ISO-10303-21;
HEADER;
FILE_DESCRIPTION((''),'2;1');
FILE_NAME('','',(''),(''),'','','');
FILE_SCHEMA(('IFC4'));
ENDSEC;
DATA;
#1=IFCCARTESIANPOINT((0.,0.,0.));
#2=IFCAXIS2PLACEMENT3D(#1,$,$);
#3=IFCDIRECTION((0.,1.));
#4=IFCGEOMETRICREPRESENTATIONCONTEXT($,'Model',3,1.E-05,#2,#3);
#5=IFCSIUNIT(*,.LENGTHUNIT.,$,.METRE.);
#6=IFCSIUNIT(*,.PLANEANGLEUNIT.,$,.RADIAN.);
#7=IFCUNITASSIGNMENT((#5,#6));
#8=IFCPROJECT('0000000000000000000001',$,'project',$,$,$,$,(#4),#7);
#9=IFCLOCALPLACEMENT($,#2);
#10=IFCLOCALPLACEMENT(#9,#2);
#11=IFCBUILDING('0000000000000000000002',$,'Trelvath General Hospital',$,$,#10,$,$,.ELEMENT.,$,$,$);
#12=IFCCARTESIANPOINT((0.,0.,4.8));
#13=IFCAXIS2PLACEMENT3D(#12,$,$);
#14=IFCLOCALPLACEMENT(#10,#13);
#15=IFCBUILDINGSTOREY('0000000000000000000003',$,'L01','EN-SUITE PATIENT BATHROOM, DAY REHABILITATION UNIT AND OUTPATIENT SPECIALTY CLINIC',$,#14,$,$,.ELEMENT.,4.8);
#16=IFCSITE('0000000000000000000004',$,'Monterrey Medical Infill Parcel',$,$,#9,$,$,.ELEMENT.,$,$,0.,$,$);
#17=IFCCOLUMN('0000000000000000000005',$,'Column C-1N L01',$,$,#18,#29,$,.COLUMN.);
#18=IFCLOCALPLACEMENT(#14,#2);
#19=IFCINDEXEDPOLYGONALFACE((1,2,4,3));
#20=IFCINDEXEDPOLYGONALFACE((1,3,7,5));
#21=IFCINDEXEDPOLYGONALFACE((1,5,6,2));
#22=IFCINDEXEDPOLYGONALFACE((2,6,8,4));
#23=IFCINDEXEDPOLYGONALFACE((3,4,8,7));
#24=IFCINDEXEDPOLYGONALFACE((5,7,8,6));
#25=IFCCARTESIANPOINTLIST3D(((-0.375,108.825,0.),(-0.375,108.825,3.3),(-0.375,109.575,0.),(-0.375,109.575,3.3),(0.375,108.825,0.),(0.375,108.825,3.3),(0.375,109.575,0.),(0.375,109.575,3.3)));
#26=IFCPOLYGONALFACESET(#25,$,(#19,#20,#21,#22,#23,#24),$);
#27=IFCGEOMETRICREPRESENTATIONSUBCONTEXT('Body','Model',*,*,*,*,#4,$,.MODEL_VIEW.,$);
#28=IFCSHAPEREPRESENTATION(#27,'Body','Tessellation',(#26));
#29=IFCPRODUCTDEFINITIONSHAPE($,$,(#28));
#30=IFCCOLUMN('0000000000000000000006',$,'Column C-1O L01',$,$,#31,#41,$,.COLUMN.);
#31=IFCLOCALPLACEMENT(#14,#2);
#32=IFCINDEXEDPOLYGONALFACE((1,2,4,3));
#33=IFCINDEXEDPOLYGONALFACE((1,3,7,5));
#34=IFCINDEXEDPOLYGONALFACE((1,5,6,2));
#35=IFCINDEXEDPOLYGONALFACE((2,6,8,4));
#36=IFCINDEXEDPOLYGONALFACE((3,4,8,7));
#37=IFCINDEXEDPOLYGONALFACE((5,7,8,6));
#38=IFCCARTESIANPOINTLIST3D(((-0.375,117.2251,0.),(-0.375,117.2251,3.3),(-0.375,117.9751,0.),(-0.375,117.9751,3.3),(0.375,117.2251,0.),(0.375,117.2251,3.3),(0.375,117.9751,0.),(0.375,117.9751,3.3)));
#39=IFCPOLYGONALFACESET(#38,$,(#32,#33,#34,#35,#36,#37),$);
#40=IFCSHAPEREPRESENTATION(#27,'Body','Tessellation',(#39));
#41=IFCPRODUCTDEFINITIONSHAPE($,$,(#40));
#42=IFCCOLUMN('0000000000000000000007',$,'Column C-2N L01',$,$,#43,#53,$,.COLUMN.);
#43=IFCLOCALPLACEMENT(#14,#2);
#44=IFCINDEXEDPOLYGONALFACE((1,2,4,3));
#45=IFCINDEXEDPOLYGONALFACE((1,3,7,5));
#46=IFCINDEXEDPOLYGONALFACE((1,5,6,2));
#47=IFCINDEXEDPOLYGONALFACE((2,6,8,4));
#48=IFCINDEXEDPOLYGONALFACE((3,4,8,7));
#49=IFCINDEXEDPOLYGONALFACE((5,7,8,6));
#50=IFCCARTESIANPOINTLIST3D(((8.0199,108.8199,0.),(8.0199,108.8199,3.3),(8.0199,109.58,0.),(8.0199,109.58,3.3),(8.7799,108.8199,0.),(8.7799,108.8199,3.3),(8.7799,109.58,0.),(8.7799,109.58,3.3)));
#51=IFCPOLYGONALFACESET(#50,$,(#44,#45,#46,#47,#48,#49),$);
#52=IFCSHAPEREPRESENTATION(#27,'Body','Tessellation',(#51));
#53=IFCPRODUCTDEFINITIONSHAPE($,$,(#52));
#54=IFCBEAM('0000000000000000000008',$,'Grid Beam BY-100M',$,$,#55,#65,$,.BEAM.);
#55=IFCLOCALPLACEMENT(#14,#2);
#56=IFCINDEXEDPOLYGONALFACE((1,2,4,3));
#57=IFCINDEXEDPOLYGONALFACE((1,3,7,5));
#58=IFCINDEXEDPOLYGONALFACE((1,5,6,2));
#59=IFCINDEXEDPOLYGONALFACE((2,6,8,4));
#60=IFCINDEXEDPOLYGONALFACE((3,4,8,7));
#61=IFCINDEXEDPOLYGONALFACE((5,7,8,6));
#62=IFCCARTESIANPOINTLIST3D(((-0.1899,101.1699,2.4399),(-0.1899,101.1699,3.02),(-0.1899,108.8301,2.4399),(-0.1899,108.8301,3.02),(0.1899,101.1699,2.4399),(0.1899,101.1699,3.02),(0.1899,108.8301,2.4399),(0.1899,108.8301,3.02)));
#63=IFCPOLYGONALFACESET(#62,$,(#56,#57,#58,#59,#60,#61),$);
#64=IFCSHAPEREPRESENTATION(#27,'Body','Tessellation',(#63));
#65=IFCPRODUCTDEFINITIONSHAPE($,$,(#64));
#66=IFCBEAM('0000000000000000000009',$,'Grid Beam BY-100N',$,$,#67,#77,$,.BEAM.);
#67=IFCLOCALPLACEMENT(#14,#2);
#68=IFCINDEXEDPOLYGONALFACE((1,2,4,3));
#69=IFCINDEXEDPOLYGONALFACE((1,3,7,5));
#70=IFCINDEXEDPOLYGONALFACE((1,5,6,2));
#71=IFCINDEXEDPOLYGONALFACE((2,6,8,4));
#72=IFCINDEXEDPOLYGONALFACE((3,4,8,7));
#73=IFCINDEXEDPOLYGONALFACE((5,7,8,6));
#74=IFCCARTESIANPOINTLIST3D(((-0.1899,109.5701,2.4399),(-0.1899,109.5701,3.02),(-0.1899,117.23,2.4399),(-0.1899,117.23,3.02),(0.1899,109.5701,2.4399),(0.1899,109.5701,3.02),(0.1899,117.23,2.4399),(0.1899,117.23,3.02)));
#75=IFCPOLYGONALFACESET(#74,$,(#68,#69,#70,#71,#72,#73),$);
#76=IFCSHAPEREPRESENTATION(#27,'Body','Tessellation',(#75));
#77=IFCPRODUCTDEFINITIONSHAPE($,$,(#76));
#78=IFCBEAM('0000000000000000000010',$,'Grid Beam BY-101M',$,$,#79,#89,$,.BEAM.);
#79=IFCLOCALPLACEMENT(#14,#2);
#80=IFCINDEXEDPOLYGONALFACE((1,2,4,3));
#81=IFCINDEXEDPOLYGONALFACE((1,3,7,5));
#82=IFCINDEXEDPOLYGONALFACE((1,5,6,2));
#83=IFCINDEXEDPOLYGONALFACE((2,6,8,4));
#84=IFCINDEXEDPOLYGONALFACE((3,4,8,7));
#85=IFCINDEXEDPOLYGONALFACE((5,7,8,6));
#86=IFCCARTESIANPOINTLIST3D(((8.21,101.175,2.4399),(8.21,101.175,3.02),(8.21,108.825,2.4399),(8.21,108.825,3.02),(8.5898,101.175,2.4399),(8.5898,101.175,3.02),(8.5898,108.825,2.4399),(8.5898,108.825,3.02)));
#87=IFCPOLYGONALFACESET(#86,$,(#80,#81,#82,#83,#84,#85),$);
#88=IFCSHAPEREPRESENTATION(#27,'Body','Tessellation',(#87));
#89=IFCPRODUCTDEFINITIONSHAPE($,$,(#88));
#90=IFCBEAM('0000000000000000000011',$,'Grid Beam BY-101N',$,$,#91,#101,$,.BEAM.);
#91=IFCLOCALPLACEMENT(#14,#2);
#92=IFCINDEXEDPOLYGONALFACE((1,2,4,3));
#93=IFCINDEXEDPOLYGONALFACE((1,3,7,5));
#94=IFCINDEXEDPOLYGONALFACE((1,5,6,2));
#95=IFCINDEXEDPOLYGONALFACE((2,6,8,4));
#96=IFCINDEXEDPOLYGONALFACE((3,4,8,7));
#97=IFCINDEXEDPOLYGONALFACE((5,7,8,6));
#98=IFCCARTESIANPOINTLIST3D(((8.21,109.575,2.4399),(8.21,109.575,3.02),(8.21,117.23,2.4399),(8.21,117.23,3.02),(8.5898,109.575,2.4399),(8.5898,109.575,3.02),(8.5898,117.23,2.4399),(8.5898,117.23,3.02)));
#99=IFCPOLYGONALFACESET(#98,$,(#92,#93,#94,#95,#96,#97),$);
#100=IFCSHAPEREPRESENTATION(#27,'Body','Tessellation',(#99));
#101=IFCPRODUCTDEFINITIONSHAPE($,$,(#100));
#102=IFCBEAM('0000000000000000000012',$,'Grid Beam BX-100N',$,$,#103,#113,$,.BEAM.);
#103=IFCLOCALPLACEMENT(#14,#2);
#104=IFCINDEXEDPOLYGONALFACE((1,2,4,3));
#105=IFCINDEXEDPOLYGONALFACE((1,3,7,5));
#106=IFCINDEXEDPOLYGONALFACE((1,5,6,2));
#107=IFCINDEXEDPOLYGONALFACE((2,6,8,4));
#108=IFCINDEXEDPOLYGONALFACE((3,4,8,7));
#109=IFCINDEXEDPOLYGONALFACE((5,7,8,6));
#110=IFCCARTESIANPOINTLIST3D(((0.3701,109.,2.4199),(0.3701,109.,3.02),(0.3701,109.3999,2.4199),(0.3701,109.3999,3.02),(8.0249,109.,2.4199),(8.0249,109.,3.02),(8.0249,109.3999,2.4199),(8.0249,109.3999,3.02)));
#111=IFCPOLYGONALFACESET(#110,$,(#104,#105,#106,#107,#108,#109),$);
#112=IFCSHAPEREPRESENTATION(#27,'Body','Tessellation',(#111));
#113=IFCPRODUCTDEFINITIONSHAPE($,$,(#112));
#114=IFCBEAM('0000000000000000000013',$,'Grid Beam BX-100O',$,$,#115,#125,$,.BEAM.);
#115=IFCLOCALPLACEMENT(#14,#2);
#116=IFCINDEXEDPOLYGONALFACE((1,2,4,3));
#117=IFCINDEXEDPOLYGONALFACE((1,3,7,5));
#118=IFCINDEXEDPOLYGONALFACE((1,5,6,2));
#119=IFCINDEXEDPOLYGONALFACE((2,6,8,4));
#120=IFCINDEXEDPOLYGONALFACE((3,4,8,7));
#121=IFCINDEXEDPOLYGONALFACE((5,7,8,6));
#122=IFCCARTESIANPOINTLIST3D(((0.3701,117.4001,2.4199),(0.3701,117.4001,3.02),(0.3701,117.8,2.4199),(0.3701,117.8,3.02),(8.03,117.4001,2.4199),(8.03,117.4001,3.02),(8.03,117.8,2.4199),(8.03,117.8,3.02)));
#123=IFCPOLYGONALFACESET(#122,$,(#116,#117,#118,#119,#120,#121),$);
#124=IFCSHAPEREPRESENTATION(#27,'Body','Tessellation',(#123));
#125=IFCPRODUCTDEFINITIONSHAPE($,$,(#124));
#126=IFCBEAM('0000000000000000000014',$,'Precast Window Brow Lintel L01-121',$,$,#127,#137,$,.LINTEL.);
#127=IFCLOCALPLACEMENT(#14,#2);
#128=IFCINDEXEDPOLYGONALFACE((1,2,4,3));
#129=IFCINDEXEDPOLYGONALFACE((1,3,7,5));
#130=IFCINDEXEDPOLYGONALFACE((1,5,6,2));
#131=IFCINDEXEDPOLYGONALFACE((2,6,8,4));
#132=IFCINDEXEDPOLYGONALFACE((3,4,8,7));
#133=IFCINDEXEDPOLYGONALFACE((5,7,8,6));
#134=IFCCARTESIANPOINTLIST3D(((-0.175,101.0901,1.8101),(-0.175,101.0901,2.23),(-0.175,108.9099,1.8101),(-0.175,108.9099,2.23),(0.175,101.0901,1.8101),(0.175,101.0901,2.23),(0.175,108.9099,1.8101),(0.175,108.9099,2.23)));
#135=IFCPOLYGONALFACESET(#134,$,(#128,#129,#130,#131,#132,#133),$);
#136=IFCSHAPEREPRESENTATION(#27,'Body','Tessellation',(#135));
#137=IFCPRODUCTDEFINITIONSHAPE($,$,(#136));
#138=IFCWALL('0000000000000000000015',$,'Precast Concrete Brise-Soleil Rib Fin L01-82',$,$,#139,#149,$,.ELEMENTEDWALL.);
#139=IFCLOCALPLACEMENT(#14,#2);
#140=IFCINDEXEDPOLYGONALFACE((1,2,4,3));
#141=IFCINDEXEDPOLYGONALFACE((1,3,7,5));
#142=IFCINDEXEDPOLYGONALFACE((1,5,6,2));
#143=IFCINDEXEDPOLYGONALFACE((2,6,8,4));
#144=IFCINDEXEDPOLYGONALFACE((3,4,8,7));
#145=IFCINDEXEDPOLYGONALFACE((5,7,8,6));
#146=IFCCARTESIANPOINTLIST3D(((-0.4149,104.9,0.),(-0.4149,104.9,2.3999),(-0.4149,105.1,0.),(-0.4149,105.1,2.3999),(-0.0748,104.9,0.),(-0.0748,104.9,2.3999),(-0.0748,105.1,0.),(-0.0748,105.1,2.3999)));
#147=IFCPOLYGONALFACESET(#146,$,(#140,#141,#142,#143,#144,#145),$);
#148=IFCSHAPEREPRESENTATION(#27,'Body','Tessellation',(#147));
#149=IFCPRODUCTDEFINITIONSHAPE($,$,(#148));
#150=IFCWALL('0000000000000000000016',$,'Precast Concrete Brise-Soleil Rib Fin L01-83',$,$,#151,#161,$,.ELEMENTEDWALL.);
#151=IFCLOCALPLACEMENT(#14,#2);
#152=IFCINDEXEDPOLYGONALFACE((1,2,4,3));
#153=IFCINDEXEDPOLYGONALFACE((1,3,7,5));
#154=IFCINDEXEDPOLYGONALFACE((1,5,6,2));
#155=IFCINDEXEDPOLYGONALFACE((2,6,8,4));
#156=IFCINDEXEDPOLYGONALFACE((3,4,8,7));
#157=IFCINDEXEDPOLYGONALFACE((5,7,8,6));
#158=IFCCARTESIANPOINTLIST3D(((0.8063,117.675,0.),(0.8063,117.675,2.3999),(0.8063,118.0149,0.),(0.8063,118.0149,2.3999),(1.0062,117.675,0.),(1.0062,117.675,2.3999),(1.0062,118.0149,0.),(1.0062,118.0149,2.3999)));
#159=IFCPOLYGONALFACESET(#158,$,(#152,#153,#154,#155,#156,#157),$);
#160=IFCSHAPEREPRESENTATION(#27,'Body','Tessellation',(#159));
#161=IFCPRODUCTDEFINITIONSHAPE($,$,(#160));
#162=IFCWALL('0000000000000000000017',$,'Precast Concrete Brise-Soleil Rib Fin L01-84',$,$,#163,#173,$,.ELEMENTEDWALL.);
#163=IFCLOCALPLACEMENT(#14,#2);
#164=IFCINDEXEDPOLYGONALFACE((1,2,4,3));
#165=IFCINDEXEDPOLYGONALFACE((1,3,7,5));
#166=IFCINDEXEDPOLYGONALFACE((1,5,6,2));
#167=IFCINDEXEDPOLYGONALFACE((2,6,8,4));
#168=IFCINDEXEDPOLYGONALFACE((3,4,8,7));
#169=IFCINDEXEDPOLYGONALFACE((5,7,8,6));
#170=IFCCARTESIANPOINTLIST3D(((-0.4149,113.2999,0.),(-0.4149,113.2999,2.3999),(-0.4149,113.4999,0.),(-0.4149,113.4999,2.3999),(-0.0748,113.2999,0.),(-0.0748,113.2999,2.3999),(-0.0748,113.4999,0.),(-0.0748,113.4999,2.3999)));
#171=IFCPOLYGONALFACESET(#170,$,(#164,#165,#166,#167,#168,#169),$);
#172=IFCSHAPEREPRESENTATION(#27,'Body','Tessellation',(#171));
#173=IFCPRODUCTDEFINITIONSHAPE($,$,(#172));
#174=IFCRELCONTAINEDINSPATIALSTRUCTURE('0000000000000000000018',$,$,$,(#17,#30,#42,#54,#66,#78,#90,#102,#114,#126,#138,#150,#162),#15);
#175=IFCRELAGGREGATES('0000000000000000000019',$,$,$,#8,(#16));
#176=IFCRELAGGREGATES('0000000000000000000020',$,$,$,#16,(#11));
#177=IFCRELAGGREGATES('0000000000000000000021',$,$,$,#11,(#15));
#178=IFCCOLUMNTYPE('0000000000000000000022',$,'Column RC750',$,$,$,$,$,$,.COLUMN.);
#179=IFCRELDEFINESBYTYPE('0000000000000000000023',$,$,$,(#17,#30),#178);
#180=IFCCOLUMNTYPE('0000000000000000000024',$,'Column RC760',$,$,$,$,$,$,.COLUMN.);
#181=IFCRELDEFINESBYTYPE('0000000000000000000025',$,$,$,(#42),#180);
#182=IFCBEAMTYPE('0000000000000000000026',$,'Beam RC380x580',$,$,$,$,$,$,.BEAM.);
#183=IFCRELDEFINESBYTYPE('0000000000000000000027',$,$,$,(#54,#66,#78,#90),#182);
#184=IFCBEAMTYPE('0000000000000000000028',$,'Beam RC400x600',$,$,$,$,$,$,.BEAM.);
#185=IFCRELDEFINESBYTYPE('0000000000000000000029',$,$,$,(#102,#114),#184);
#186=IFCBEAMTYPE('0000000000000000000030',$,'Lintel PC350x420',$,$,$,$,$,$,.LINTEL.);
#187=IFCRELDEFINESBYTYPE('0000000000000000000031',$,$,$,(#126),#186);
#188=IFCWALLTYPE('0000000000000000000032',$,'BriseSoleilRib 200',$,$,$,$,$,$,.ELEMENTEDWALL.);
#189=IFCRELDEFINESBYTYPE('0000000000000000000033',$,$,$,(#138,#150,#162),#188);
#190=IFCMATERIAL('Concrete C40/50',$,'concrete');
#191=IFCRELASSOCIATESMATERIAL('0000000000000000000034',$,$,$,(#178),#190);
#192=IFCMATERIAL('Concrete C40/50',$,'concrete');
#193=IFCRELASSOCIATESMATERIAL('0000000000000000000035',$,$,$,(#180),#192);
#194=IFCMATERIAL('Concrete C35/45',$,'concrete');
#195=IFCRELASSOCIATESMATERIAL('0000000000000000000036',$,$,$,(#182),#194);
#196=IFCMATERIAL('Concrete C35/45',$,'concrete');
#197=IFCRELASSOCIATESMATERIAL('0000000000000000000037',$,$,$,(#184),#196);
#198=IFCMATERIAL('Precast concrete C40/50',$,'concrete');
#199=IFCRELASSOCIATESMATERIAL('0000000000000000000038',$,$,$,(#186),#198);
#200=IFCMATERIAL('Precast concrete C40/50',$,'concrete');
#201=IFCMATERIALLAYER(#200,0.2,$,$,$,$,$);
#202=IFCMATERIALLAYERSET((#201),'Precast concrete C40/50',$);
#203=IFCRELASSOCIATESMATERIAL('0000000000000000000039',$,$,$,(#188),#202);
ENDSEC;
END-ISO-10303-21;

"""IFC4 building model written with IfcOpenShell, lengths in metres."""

from ifc_helpers import new_model, si_unit, direction, frame, frame_2d, origin, origin_2d, place, context, subcontext, project, spatial, rectangle, extrude, material, layer, layer_set, material_profile, profile_set, type_object, element, save


model = new_model("IFC4")

# Units and contexts
model_context = context("Model", 3, precision=1e-05, world=origin(), true_north=direction((0.0, 1.0)))
body_context = subcontext(model_context, "Body", "Model", "MODEL_VIEW")
ifc_project = project(units=[si_unit("LENGTHUNIT", "METRE"), si_unit("PLANEANGLEUNIT", "RADIAN")], contexts=[model_context])

# Site, building, storey
site_placement = place(None, origin())
site = spatial("IfcSite", under=ifc_project, at=site_placement, Name="Monterrey Medical Infill Parcel", CompositionType="ELEMENT", RefElevation=0.0)
building_placement = place(site_placement, origin())
building = spatial("IfcBuilding", under=site, at=building_placement, Name="Trelvath General Hospital", CompositionType="ELEMENT")
storey_placement = place(building_placement, frame((0.0, 0.0, 4.8)))
storey = spatial("IfcBuildingStorey", under=building, at=storey_placement, Name="L01", Description="EN-SUITE PATIENT BATHROOM, DAY REHABILITATION UNIT AND OUTPATIENT SPECIALTY CLINIC", CompositionType="ELEMENT", Elevation=4.8)

# Columns
ifc_material_1 = material(Name="Concrete C40/50", Category="concrete")
ifc_material_profile_1 = material_profile(ifc_material_1, rectangle(XDim=0.75, YDim=0.75, at=origin_2d()), Name="RC750x750")
ifc_profile_set_1 = profile_set([ifc_material_profile_1], Name="Concrete C40/50")
column_type_1 = type_object("IfcColumnType", Name="Column RC750", PredefinedType="COLUMN", material=ifc_profile_set_1)
for number, where, z_axis, x_axis, name in (
    (1, (0.0, 109.2, 0.0), (0.0, 0.0, 1.0), (1.0, 0.0, 0.0), "Column C-1N L01"),
    (2, (0.0, 117.6001, 0.0), (0.0, 0.0, 1.0), (1.0, 0.0, 0.0), "Column C-1O L01"),
):
    element("IfcColumn", number, at=place(storey_placement, frame(where, z_axis=z_axis, x_axis=x_axis)), inside=storey, type_object=column_type_1, Name=name, PredefinedType="COLUMN", context=body_context, shape_type="SweptSolid", body=[
        extrude(rectangle(XDim=0.75, YDim=0.75, at=origin_2d()), origin(), (0.0, 0.0, 1.0), 3.3),
    ])
ifc_material_2 = material(Name="Concrete C40/50", Category="concrete")
ifc_material_profile_2 = material_profile(ifc_material_2, rectangle(XDim=0.76, YDim=0.76, at=origin_2d()), Name="RC760x760")
ifc_profile_set_2 = profile_set([ifc_material_profile_2], Name="Concrete C40/50")
column_type_2 = type_object("IfcColumnType", Name="Column RC760", PredefinedType="COLUMN", material=ifc_profile_set_2)
column_placement = place(storey_placement, frame((8.3999, 109.2, 0.0), z_axis=(0.0, 0.0, 1.0), x_axis=(1.0, 0.0, 0.0)))
element("IfcColumn", 3, at=column_placement, inside=storey, type_object=column_type_2, Name="Column C-2N L01", PredefinedType="COLUMN", context=body_context, shape_type="SweptSolid", body=[
    extrude(rectangle(XDim=0.76, YDim=0.76, at=origin_2d()), origin(), (0.0, 0.0, 1.0), 3.3),
])

# Beams
ifc_material_3 = material(Name="Concrete C35/45", Category="concrete")
ifc_material_profile_3 = material_profile(ifc_material_3, rectangle(XDim=0.3799, YDim=0.5801, at=origin_2d()), Name="RCB380x580")
ifc_profile_set_3 = profile_set([ifc_material_profile_3], Name="Concrete C35/45")
beam_type_1 = type_object("IfcBeamType", Name="Beam RC380x580", PredefinedType="BEAM", material=ifc_profile_set_3)
beam_1_placement = place(storey_placement, frame((0.0, 101.1699, 2.73), z_axis=(0.0, 1.0, 0.0), x_axis=(-1.0, 0.0, 0.0)))
element("IfcBeam", 4, at=beam_1_placement, inside=storey, type_object=beam_type_1, Name="Grid Beam BY-100M", PredefinedType="BEAM", context=body_context, shape_type="SweptSolid", body=[
    extrude(rectangle(XDim=0.3799, YDim=0.5801, at=origin_2d()), origin(), (0.0, 0.0, 1.0), 7.6602),
])
beam_2_placement = place(storey_placement, frame((0.0, 109.5701, 2.73), z_axis=(0.0, 1.0, 0.0), x_axis=(-1.0, 0.0, 0.0)))
element("IfcBeam", 5, at=beam_2_placement, inside=storey, type_object=beam_type_1, Name="Grid Beam BY-100N", PredefinedType="BEAM", context=body_context, shape_type="SweptSolid", body=[
    extrude(rectangle(XDim=0.3799, YDim=0.5801, at=origin_2d()), origin(), (0.0, 0.0, 1.0), 7.6599),
])
beam_3_placement = place(storey_placement, frame((8.3999, 101.175, 2.73), z_axis=(0.0, 1.0, 0.0), x_axis=(-1.0, 0.0, 0.0)))
element("IfcBeam", 6, at=beam_3_placement, inside=storey, type_object=beam_type_1, Name="Grid Beam BY-101M", PredefinedType="BEAM", context=body_context, shape_type="SweptSolid", body=[
    extrude(rectangle(XDim=0.3799, YDim=0.5801, at=origin_2d()), origin(), (0.0, 0.0, 1.0), 7.6499),
])
beam_4_placement = place(storey_placement, frame((8.3999, 109.575, 2.73), z_axis=(0.0, 1.0, 0.0), x_axis=(-1.0, 0.0, 0.0)))
element("IfcBeam", 7, at=beam_4_placement, inside=storey, type_object=beam_type_1, Name="Grid Beam BY-101N", PredefinedType="BEAM", context=body_context, shape_type="SweptSolid", body=[
    extrude(rectangle(XDim=0.3799, YDim=0.5801, at=origin_2d()), origin(), (0.0, 0.0, 1.0), 7.655),
])
ifc_material_4 = material(Name="Concrete C35/45", Category="concrete")
ifc_material_profile_4 = material_profile(ifc_material_4, rectangle(XDim=0.3999, YDim=0.6001, at=origin_2d()), Name="RCB400x600")
ifc_profile_set_4 = profile_set([ifc_material_profile_4], Name="Concrete C35/45")
beam_type_2 = type_object("IfcBeamType", Name="Beam RC400x600", PredefinedType="BEAM", material=ifc_profile_set_4)
beam_5_placement = place(storey_placement, frame((0.3701, 109.2, 2.72), z_axis=(1.0, 0.0, 0.0), x_axis=(0.0, 1.0, 0.0)))
element("IfcBeam", 8, at=beam_5_placement, inside=storey, type_object=beam_type_2, Name="Grid Beam BX-100N", PredefinedType="BEAM", context=body_context, shape_type="SweptSolid", body=[
    extrude(rectangle(XDim=0.3999, YDim=0.6001, at=origin_2d()), origin(), (0.0, 0.0, 1.0), 7.6548),
])
beam_6_placement = place(storey_placement, frame((0.3701, 117.6001, 2.72), z_axis=(1.0, 0.0, 0.0), x_axis=(0.0, 1.0, 0.0)))
element("IfcBeam", 9, at=beam_6_placement, inside=storey, type_object=beam_type_2, Name="Grid Beam BX-100O", PredefinedType="BEAM", context=body_context, shape_type="SweptSolid", body=[
    extrude(rectangle(XDim=0.3999, YDim=0.6001, at=origin_2d()), origin(), (0.0, 0.0, 1.0), 7.6599),
])
ifc_material_5 = material(Name="Precast concrete C40/50", Category="concrete")
ifc_material_profile_5 = material_profile(ifc_material_5, rectangle(XDim=0.3501, YDim=0.4199, at=origin_2d()), Name="PCL350x420")
ifc_profile_set_5 = profile_set([ifc_material_profile_5], Name="Precast concrete C40/50")
beam_type_3 = type_object("IfcBeamType", Name="Lintel PC350x420", PredefinedType="LINTEL", material=ifc_profile_set_5)
beam_7_placement = place(storey_placement, frame((0.0, 101.0901, 2.02), z_axis=(0.0, 1.0, 0.0), x_axis=(-1.0, 0.0, 0.0)))
element("IfcBeam", 10, at=beam_7_placement, inside=storey, type_object=beam_type_3, Name="Precast Window Brow Lintel L01-121", PredefinedType="LINTEL", context=body_context, shape_type="SweptSolid", body=[
    extrude(rectangle(XDim=0.3501, YDim=0.4199, at=origin_2d()), origin(), (0.0, 0.0, 1.0), 7.8198),
])

# Walls
ifc_material_6 = material(Name="Precast concrete C40/50", Category="concrete")
ifc_layer_1 = layer(ifc_material_6, 0.2)
ifc_layer_set_1 = layer_set([ifc_layer_1], Name="Precast concrete C40/50")
wall_type_1 = type_object("IfcWallType", Name="BriseSoleilRib 200", PredefinedType="ELEMENTEDWALL", material=ifc_layer_set_1)
wall_1_placement = place(storey_placement, frame((-0.075, 105.0, 0.0), z_axis=(0.0, 0.0, 1.0), x_axis=(-1.0, 0.0, 0.0)))
element("IfcWall", 11, at=wall_1_placement, inside=storey, type_object=wall_type_1, Name="Precast Concrete Brise-Soleil Rib Fin L01-82", PredefinedType="ELEMENTEDWALL", context=body_context, shape_type="SweptSolid", body=[
    extrude(rectangle(XDim=0.3401, YDim=0.2, at=frame_2d((0.1699, 0.0))), origin(), (0.0, 0.0, 1.0), 2.3999),
])
wall_2_placement = place(storey_placement, frame((0.9062, 117.675, 0.0), z_axis=(0.0, 0.0, 1.0), x_axis=(0.0, 1.0, 0.0)))
element("IfcWall", 12, at=wall_2_placement, inside=storey, type_object=wall_type_1, Name="Precast Concrete Brise-Soleil Rib Fin L01-83", PredefinedType="ELEMENTEDWALL", context=body_context, shape_type="SweptSolid", body=[
    extrude(rectangle(XDim=0.3398, YDim=0.2, at=frame_2d((0.1699, 0.0))), origin(), (0.0, 0.0, 1.0), 2.3999),
])
wall_3_placement = place(storey_placement, frame((-0.075, 113.3999, 0.0), z_axis=(0.0, 0.0, 1.0), x_axis=(-1.0, 0.0, 0.0)))
element("IfcWall", 13, at=wall_3_placement, inside=storey, type_object=wall_type_1, Name="Precast Concrete Brise-Soleil Rib Fin L01-84", PredefinedType="ELEMENTEDWALL", context=body_context, shape_type="SweptSolid", body=[
    extrude(rectangle(XDim=0.3401, YDim=0.2, at=frame_2d((0.1699, 0.0))), origin(), (0.0, 0.0, 1.0), 2.3999),
])

save(model, "model.ifc")
